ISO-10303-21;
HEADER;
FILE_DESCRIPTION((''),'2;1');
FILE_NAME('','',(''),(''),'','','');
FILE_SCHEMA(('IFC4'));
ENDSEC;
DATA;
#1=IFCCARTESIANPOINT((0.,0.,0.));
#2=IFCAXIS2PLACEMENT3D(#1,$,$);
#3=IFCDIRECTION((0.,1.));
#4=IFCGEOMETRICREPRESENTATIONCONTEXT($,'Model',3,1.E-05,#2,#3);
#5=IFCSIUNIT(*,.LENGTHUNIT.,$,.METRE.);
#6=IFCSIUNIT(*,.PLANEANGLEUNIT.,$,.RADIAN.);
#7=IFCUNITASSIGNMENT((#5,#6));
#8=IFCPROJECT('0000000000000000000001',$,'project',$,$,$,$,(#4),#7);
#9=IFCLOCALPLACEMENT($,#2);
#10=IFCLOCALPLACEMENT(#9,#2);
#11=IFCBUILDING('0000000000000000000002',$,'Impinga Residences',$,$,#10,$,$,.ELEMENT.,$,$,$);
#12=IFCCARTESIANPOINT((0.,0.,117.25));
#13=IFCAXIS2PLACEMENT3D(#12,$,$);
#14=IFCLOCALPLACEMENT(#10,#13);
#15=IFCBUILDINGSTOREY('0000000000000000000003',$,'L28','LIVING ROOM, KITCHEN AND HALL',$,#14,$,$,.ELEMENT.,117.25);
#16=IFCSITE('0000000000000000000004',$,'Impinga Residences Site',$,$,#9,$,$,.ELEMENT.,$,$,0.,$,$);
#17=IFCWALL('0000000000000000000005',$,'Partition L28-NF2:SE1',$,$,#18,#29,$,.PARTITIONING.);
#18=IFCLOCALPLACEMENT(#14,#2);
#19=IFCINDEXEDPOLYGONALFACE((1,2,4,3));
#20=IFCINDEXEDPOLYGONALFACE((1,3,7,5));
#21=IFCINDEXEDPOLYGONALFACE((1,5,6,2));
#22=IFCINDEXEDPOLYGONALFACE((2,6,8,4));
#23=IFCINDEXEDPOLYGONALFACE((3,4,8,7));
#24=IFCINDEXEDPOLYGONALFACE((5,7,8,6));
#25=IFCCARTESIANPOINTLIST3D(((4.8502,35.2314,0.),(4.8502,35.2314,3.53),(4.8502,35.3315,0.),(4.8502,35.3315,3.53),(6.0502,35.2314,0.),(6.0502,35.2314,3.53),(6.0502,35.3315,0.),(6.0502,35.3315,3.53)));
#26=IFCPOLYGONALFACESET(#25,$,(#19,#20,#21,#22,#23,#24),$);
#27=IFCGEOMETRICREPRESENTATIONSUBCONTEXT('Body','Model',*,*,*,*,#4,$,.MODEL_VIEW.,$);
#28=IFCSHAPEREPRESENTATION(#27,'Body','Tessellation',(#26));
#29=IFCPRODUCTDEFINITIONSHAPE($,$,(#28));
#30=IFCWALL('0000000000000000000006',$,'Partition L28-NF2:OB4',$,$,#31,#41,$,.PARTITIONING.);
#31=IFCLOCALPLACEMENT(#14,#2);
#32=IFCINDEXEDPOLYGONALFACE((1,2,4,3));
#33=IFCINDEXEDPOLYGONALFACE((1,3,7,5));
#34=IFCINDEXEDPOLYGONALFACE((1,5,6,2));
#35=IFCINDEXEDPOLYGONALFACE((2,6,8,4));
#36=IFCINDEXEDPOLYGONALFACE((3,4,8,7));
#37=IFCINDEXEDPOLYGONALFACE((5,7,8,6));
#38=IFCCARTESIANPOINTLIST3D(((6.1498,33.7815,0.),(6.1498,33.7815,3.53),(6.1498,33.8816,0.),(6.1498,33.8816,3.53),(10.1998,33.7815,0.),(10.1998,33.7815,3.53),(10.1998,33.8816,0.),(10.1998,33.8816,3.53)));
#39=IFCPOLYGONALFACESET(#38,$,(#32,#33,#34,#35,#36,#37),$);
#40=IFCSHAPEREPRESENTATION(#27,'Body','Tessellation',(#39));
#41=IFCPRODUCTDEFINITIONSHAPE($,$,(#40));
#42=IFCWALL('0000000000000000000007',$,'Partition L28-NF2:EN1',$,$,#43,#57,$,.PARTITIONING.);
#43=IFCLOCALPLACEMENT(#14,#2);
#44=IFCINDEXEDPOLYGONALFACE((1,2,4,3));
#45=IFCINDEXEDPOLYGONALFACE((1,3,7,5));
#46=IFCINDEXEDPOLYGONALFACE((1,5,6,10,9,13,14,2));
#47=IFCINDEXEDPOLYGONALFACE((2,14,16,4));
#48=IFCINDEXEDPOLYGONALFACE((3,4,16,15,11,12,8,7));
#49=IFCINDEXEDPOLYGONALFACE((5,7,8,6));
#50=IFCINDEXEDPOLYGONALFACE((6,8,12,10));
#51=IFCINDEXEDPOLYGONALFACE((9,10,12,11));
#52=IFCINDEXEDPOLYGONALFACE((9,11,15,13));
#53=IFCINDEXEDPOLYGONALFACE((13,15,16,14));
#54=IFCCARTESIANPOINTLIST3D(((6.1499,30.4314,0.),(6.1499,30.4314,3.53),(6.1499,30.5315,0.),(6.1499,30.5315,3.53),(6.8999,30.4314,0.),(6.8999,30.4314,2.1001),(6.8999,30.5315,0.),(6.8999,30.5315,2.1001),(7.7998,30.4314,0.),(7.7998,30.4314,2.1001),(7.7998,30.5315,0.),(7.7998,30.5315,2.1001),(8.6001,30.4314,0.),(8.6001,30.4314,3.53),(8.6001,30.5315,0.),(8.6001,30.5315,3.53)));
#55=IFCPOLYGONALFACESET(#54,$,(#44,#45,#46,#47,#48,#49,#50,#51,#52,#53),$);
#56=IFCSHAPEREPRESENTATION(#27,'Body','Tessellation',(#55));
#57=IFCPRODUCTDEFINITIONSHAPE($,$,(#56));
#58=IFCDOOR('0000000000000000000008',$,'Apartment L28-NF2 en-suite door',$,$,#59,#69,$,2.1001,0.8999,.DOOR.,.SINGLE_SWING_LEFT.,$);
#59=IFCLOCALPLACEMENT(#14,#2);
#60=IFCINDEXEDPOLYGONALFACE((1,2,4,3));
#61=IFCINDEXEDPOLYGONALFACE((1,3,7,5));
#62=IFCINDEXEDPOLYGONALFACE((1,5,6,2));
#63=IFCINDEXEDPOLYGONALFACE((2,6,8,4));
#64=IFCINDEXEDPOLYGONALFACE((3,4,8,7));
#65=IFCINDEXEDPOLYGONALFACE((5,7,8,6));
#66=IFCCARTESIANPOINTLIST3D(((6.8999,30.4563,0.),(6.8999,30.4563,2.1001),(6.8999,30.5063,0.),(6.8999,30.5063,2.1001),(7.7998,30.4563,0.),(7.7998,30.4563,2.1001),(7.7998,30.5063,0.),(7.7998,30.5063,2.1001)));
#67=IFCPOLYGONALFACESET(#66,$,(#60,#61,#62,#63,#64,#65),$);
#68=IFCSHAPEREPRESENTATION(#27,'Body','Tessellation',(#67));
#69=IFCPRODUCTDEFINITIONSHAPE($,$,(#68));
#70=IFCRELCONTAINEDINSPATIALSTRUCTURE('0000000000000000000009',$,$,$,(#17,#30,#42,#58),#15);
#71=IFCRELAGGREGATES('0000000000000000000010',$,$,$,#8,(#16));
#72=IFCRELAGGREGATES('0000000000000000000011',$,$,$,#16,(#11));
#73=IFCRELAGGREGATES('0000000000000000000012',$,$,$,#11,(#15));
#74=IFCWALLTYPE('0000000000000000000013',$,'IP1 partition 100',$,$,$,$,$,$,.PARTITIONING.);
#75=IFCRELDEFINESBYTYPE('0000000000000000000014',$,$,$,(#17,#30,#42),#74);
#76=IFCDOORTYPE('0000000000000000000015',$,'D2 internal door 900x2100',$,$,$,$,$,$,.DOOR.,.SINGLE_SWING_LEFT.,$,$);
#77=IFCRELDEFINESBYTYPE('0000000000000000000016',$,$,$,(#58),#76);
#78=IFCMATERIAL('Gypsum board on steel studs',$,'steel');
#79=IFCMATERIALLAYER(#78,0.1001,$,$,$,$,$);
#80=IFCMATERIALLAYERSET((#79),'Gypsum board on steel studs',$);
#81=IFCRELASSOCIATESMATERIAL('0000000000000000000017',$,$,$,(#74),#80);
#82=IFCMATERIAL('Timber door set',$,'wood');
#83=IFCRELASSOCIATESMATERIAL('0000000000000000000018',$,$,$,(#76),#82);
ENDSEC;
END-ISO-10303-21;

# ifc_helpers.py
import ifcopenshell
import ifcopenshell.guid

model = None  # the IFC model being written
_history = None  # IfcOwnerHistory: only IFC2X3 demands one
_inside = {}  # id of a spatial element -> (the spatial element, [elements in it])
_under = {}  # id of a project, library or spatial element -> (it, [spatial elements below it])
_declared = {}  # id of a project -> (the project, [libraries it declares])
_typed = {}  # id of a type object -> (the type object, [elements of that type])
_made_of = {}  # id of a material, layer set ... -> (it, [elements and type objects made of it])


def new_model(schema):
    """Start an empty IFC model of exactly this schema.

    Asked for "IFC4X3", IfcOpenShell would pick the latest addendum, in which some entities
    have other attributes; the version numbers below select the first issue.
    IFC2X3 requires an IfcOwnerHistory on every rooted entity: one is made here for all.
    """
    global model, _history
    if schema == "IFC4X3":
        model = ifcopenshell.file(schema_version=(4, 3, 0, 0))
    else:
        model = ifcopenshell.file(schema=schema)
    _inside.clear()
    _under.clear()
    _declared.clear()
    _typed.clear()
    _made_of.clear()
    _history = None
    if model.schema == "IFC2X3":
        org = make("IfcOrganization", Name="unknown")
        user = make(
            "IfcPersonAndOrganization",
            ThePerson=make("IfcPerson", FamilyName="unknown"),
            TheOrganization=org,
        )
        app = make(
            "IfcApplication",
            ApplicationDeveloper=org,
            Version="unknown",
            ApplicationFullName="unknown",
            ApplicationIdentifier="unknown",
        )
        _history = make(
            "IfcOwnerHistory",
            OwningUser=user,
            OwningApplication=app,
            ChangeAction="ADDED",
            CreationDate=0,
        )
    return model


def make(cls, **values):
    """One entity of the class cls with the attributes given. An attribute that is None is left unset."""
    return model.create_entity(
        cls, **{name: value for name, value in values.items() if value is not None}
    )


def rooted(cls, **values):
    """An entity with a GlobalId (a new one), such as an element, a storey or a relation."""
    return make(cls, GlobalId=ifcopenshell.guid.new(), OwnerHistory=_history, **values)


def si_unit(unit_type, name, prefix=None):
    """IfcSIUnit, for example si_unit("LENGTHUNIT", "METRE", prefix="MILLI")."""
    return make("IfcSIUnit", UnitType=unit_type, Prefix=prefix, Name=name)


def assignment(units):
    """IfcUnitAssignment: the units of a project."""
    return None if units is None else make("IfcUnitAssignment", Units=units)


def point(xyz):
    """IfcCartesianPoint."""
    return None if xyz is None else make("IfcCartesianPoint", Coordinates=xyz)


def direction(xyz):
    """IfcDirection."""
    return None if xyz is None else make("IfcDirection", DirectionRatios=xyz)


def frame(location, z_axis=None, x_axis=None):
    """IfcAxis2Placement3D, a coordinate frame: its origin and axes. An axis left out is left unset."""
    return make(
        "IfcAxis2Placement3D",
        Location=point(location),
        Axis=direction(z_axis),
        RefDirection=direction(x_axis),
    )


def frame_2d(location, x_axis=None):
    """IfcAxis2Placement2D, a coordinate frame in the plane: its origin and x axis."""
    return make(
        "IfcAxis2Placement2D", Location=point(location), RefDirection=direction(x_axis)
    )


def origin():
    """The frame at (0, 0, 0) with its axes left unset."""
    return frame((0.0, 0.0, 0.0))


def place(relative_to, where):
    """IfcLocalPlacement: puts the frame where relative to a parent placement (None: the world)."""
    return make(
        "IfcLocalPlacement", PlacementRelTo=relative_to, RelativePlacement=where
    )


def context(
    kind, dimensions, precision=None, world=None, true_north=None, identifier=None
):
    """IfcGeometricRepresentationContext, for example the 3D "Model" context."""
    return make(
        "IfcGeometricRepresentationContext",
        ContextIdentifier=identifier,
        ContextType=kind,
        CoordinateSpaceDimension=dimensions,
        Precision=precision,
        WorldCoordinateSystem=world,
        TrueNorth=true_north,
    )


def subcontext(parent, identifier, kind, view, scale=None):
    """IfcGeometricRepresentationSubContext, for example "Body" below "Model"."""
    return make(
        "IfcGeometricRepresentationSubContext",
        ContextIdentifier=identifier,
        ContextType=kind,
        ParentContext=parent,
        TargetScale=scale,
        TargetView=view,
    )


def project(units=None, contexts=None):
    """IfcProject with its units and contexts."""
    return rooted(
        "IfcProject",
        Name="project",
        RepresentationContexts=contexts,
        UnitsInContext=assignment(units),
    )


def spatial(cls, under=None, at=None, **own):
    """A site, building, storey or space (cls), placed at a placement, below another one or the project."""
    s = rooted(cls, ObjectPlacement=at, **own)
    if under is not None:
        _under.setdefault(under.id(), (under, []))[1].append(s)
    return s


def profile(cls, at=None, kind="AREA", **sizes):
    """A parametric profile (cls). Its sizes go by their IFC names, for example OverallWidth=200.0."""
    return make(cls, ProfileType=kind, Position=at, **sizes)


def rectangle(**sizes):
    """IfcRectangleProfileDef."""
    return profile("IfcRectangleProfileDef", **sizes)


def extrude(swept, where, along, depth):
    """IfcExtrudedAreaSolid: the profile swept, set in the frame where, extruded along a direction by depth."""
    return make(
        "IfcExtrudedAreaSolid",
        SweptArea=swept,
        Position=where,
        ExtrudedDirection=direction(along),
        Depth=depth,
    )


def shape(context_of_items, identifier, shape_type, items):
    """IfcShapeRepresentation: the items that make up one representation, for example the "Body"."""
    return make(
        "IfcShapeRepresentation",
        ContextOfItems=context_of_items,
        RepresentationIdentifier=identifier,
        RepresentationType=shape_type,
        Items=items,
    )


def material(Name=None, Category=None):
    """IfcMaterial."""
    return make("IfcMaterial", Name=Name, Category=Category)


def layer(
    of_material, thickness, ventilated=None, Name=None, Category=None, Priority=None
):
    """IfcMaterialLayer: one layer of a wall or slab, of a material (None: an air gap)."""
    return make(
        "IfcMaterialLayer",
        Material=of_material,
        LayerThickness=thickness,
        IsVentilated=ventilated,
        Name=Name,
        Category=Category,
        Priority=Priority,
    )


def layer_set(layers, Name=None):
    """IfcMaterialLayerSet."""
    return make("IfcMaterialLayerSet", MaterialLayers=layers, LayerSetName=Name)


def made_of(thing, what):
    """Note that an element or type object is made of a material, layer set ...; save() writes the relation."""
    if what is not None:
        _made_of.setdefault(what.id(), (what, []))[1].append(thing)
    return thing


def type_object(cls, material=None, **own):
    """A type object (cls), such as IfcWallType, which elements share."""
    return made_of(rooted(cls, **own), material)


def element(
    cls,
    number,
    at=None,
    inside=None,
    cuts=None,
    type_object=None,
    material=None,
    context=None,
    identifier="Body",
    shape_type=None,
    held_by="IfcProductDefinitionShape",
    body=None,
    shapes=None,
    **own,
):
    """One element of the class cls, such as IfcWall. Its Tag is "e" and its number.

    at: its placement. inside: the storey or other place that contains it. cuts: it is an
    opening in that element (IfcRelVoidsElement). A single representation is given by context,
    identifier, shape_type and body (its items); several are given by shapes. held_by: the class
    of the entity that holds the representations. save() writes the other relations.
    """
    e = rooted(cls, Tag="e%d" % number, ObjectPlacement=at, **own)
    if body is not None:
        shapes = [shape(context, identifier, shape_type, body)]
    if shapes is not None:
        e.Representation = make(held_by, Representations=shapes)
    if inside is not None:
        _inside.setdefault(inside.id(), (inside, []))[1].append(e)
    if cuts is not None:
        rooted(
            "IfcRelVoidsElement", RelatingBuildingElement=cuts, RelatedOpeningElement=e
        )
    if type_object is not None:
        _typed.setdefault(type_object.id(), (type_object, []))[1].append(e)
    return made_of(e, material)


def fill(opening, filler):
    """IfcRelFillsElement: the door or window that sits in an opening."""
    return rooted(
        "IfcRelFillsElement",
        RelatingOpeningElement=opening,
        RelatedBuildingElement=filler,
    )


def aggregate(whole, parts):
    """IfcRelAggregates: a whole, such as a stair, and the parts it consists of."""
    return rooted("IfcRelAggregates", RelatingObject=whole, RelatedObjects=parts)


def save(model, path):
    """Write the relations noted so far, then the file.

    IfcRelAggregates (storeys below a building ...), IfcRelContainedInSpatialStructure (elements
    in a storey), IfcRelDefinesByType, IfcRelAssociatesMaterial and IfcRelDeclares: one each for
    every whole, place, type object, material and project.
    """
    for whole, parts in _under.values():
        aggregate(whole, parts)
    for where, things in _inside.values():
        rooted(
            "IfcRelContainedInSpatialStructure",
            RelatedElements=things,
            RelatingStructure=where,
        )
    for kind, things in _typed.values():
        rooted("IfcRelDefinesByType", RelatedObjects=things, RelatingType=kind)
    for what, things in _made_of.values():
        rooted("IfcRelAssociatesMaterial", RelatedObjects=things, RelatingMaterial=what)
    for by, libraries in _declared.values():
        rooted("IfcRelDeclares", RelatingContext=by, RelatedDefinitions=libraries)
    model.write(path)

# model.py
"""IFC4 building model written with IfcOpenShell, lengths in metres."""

from ifc_helpers import new_model, si_unit, direction, frame, frame_2d, origin, place, context, subcontext, project, spatial, rectangle, extrude, material, layer, layer_set, type_object, element, fill, save


model = new_model("IFC4")

# Units and contexts
model_context = context("Model", 3, precision=1e-05, world=origin(), true_north=direction((0.0, 1.0)))
body_context = subcontext(model_context, "Body", "Model", "MODEL_VIEW")
ifc_project = project(units=[si_unit("LENGTHUNIT", "METRE"), si_unit("PLANEANGLEUNIT", "RADIAN")], contexts=[model_context])

# Site, building, storey
site_placement = place(None, origin())
site = spatial("IfcSite", under=ifc_project, at=site_placement, Name="Impinga Residences Site", CompositionType="ELEMENT", RefElevation=0.0)
building_placement = place(site_placement, origin())
building = spatial("IfcBuilding", under=site, at=building_placement, Name="Impinga Residences", CompositionType="ELEMENT")
storey_placement = place(building_placement, frame((0.0, 0.0, 117.25)))
storey = spatial("IfcBuildingStorey", under=building, at=storey_placement, Name="L28", Description="LIVING ROOM, KITCHEN AND HALL", CompositionType="ELEMENT", Elevation=117.25)

# Walls
ifc_material_1 = material(Name="Gypsum board on steel studs", Category="steel")
ifc_layer_1 = layer(ifc_material_1, 0.1001)
ifc_layer_set_1 = layer_set([ifc_layer_1], Name="Gypsum board on steel studs")
wall_type_1 = type_object("IfcWallType", Name="IP1 partition 100", PredefinedType="PARTITIONING", material=ifc_layer_set_1)
wall_1_placement = place(storey_placement, frame((4.8501, 35.2815, 0.0), z_axis=(0.0, 0.0, 1.0), x_axis=(1.0, 0.0, 0.0)))
element("IfcWall", 1, at=wall_1_placement, inside=storey, type_object=wall_type_1, Name="Partition L28-NF2:SE1", PredefinedType="PARTITIONING", context=body_context, shape_type="SweptSolid", body=[
    extrude(rectangle(XDim=1.2, YDim=0.1001, at=frame_2d((0.6001, 0.0))), origin(), (0.0, 0.0, 1.0), 3.53),
])
wall_2_placement = place(storey_placement, frame((6.1499, 33.8315, 0.0), z_axis=(0.0, 0.0, 1.0), x_axis=(1.0, 0.0, 0.0)))
element("IfcWall", 2, at=wall_2_placement, inside=storey, type_object=wall_type_1, Name="Partition L28-NF2:OB4", PredefinedType="PARTITIONING", context=body_context, shape_type="SweptSolid", body=[
    extrude(rectangle(XDim=4.05, YDim=0.1001, at=frame_2d((2.0249, 0.0))), origin(), (0.0, 0.0, 1.0), 3.53),
])

# Wall, opening, door
wall_3_placement = place(storey_placement, frame((6.1499, 30.4814, 0.0), z_axis=(0.0, 0.0, 1.0), x_axis=(1.0, 0.0, 0.0)))
wall_3 = element("IfcWall", 3, at=wall_3_placement, inside=storey, type_object=wall_type_1, Name="Partition L28-NF2:EN1", PredefinedType="PARTITIONING", context=body_context, shape_type="SweptSolid", body=[
    extrude(rectangle(XDim=2.4502, YDim=0.1001, at=frame_2d((1.2251, 0.0))), origin(), (0.0, 0.0, 1.0), 3.53),
])
opening_1_placement = place(wall_3_placement, frame((0.75, 0.0, 0.0)))
opening_1 = element("IfcOpeningElement", 4, at=opening_1_placement, cuts=wall_3, PredefinedType="OPENING", context=body_context, shape_type="SweptSolid", body=[
    extrude(rectangle(XDim=0.8999, YDim=2.1001, at=frame_2d((0.45, 1.05))), frame((0.0, 0.0601, 0.0), z_axis=(0.0, -1.0, 0.0), x_axis=(1.0, 0.0, 0.0)), (0.0, 0.0, 1.0), 0.1201),
])
ifc_material_2 = material(Name="Timber door set", Category="wood")
door_type = type_object("IfcDoorType", Name="D2 internal door 900x2100", OperationType="SINGLE_SWING_LEFT", PredefinedType="DOOR", material=ifc_material_2)
door_placement = place(opening_1_placement, origin())
door = element("IfcDoor", 5, at=door_placement, inside=storey, type_object=door_type, Name="Apartment L28-NF2 en-suite door", OperationType="SINGLE_SWING_LEFT", OverallHeight=2.1001, OverallWidth=0.8999, PredefinedType="DOOR", context=body_context, shape_type="SweptSolid", body=[
    extrude(rectangle(XDim=0.8999, YDim=2.1001, at=frame_2d((0.45, 1.05))), frame((0.0, 0.0249, 0.0), z_axis=(0.0, -1.0, 0.0), x_axis=(1.0, 0.0, 0.0)), (0.0, 0.0, 1.0), 0.05),
])
fill(opening_1, door)

save(model, "model.ifc")
